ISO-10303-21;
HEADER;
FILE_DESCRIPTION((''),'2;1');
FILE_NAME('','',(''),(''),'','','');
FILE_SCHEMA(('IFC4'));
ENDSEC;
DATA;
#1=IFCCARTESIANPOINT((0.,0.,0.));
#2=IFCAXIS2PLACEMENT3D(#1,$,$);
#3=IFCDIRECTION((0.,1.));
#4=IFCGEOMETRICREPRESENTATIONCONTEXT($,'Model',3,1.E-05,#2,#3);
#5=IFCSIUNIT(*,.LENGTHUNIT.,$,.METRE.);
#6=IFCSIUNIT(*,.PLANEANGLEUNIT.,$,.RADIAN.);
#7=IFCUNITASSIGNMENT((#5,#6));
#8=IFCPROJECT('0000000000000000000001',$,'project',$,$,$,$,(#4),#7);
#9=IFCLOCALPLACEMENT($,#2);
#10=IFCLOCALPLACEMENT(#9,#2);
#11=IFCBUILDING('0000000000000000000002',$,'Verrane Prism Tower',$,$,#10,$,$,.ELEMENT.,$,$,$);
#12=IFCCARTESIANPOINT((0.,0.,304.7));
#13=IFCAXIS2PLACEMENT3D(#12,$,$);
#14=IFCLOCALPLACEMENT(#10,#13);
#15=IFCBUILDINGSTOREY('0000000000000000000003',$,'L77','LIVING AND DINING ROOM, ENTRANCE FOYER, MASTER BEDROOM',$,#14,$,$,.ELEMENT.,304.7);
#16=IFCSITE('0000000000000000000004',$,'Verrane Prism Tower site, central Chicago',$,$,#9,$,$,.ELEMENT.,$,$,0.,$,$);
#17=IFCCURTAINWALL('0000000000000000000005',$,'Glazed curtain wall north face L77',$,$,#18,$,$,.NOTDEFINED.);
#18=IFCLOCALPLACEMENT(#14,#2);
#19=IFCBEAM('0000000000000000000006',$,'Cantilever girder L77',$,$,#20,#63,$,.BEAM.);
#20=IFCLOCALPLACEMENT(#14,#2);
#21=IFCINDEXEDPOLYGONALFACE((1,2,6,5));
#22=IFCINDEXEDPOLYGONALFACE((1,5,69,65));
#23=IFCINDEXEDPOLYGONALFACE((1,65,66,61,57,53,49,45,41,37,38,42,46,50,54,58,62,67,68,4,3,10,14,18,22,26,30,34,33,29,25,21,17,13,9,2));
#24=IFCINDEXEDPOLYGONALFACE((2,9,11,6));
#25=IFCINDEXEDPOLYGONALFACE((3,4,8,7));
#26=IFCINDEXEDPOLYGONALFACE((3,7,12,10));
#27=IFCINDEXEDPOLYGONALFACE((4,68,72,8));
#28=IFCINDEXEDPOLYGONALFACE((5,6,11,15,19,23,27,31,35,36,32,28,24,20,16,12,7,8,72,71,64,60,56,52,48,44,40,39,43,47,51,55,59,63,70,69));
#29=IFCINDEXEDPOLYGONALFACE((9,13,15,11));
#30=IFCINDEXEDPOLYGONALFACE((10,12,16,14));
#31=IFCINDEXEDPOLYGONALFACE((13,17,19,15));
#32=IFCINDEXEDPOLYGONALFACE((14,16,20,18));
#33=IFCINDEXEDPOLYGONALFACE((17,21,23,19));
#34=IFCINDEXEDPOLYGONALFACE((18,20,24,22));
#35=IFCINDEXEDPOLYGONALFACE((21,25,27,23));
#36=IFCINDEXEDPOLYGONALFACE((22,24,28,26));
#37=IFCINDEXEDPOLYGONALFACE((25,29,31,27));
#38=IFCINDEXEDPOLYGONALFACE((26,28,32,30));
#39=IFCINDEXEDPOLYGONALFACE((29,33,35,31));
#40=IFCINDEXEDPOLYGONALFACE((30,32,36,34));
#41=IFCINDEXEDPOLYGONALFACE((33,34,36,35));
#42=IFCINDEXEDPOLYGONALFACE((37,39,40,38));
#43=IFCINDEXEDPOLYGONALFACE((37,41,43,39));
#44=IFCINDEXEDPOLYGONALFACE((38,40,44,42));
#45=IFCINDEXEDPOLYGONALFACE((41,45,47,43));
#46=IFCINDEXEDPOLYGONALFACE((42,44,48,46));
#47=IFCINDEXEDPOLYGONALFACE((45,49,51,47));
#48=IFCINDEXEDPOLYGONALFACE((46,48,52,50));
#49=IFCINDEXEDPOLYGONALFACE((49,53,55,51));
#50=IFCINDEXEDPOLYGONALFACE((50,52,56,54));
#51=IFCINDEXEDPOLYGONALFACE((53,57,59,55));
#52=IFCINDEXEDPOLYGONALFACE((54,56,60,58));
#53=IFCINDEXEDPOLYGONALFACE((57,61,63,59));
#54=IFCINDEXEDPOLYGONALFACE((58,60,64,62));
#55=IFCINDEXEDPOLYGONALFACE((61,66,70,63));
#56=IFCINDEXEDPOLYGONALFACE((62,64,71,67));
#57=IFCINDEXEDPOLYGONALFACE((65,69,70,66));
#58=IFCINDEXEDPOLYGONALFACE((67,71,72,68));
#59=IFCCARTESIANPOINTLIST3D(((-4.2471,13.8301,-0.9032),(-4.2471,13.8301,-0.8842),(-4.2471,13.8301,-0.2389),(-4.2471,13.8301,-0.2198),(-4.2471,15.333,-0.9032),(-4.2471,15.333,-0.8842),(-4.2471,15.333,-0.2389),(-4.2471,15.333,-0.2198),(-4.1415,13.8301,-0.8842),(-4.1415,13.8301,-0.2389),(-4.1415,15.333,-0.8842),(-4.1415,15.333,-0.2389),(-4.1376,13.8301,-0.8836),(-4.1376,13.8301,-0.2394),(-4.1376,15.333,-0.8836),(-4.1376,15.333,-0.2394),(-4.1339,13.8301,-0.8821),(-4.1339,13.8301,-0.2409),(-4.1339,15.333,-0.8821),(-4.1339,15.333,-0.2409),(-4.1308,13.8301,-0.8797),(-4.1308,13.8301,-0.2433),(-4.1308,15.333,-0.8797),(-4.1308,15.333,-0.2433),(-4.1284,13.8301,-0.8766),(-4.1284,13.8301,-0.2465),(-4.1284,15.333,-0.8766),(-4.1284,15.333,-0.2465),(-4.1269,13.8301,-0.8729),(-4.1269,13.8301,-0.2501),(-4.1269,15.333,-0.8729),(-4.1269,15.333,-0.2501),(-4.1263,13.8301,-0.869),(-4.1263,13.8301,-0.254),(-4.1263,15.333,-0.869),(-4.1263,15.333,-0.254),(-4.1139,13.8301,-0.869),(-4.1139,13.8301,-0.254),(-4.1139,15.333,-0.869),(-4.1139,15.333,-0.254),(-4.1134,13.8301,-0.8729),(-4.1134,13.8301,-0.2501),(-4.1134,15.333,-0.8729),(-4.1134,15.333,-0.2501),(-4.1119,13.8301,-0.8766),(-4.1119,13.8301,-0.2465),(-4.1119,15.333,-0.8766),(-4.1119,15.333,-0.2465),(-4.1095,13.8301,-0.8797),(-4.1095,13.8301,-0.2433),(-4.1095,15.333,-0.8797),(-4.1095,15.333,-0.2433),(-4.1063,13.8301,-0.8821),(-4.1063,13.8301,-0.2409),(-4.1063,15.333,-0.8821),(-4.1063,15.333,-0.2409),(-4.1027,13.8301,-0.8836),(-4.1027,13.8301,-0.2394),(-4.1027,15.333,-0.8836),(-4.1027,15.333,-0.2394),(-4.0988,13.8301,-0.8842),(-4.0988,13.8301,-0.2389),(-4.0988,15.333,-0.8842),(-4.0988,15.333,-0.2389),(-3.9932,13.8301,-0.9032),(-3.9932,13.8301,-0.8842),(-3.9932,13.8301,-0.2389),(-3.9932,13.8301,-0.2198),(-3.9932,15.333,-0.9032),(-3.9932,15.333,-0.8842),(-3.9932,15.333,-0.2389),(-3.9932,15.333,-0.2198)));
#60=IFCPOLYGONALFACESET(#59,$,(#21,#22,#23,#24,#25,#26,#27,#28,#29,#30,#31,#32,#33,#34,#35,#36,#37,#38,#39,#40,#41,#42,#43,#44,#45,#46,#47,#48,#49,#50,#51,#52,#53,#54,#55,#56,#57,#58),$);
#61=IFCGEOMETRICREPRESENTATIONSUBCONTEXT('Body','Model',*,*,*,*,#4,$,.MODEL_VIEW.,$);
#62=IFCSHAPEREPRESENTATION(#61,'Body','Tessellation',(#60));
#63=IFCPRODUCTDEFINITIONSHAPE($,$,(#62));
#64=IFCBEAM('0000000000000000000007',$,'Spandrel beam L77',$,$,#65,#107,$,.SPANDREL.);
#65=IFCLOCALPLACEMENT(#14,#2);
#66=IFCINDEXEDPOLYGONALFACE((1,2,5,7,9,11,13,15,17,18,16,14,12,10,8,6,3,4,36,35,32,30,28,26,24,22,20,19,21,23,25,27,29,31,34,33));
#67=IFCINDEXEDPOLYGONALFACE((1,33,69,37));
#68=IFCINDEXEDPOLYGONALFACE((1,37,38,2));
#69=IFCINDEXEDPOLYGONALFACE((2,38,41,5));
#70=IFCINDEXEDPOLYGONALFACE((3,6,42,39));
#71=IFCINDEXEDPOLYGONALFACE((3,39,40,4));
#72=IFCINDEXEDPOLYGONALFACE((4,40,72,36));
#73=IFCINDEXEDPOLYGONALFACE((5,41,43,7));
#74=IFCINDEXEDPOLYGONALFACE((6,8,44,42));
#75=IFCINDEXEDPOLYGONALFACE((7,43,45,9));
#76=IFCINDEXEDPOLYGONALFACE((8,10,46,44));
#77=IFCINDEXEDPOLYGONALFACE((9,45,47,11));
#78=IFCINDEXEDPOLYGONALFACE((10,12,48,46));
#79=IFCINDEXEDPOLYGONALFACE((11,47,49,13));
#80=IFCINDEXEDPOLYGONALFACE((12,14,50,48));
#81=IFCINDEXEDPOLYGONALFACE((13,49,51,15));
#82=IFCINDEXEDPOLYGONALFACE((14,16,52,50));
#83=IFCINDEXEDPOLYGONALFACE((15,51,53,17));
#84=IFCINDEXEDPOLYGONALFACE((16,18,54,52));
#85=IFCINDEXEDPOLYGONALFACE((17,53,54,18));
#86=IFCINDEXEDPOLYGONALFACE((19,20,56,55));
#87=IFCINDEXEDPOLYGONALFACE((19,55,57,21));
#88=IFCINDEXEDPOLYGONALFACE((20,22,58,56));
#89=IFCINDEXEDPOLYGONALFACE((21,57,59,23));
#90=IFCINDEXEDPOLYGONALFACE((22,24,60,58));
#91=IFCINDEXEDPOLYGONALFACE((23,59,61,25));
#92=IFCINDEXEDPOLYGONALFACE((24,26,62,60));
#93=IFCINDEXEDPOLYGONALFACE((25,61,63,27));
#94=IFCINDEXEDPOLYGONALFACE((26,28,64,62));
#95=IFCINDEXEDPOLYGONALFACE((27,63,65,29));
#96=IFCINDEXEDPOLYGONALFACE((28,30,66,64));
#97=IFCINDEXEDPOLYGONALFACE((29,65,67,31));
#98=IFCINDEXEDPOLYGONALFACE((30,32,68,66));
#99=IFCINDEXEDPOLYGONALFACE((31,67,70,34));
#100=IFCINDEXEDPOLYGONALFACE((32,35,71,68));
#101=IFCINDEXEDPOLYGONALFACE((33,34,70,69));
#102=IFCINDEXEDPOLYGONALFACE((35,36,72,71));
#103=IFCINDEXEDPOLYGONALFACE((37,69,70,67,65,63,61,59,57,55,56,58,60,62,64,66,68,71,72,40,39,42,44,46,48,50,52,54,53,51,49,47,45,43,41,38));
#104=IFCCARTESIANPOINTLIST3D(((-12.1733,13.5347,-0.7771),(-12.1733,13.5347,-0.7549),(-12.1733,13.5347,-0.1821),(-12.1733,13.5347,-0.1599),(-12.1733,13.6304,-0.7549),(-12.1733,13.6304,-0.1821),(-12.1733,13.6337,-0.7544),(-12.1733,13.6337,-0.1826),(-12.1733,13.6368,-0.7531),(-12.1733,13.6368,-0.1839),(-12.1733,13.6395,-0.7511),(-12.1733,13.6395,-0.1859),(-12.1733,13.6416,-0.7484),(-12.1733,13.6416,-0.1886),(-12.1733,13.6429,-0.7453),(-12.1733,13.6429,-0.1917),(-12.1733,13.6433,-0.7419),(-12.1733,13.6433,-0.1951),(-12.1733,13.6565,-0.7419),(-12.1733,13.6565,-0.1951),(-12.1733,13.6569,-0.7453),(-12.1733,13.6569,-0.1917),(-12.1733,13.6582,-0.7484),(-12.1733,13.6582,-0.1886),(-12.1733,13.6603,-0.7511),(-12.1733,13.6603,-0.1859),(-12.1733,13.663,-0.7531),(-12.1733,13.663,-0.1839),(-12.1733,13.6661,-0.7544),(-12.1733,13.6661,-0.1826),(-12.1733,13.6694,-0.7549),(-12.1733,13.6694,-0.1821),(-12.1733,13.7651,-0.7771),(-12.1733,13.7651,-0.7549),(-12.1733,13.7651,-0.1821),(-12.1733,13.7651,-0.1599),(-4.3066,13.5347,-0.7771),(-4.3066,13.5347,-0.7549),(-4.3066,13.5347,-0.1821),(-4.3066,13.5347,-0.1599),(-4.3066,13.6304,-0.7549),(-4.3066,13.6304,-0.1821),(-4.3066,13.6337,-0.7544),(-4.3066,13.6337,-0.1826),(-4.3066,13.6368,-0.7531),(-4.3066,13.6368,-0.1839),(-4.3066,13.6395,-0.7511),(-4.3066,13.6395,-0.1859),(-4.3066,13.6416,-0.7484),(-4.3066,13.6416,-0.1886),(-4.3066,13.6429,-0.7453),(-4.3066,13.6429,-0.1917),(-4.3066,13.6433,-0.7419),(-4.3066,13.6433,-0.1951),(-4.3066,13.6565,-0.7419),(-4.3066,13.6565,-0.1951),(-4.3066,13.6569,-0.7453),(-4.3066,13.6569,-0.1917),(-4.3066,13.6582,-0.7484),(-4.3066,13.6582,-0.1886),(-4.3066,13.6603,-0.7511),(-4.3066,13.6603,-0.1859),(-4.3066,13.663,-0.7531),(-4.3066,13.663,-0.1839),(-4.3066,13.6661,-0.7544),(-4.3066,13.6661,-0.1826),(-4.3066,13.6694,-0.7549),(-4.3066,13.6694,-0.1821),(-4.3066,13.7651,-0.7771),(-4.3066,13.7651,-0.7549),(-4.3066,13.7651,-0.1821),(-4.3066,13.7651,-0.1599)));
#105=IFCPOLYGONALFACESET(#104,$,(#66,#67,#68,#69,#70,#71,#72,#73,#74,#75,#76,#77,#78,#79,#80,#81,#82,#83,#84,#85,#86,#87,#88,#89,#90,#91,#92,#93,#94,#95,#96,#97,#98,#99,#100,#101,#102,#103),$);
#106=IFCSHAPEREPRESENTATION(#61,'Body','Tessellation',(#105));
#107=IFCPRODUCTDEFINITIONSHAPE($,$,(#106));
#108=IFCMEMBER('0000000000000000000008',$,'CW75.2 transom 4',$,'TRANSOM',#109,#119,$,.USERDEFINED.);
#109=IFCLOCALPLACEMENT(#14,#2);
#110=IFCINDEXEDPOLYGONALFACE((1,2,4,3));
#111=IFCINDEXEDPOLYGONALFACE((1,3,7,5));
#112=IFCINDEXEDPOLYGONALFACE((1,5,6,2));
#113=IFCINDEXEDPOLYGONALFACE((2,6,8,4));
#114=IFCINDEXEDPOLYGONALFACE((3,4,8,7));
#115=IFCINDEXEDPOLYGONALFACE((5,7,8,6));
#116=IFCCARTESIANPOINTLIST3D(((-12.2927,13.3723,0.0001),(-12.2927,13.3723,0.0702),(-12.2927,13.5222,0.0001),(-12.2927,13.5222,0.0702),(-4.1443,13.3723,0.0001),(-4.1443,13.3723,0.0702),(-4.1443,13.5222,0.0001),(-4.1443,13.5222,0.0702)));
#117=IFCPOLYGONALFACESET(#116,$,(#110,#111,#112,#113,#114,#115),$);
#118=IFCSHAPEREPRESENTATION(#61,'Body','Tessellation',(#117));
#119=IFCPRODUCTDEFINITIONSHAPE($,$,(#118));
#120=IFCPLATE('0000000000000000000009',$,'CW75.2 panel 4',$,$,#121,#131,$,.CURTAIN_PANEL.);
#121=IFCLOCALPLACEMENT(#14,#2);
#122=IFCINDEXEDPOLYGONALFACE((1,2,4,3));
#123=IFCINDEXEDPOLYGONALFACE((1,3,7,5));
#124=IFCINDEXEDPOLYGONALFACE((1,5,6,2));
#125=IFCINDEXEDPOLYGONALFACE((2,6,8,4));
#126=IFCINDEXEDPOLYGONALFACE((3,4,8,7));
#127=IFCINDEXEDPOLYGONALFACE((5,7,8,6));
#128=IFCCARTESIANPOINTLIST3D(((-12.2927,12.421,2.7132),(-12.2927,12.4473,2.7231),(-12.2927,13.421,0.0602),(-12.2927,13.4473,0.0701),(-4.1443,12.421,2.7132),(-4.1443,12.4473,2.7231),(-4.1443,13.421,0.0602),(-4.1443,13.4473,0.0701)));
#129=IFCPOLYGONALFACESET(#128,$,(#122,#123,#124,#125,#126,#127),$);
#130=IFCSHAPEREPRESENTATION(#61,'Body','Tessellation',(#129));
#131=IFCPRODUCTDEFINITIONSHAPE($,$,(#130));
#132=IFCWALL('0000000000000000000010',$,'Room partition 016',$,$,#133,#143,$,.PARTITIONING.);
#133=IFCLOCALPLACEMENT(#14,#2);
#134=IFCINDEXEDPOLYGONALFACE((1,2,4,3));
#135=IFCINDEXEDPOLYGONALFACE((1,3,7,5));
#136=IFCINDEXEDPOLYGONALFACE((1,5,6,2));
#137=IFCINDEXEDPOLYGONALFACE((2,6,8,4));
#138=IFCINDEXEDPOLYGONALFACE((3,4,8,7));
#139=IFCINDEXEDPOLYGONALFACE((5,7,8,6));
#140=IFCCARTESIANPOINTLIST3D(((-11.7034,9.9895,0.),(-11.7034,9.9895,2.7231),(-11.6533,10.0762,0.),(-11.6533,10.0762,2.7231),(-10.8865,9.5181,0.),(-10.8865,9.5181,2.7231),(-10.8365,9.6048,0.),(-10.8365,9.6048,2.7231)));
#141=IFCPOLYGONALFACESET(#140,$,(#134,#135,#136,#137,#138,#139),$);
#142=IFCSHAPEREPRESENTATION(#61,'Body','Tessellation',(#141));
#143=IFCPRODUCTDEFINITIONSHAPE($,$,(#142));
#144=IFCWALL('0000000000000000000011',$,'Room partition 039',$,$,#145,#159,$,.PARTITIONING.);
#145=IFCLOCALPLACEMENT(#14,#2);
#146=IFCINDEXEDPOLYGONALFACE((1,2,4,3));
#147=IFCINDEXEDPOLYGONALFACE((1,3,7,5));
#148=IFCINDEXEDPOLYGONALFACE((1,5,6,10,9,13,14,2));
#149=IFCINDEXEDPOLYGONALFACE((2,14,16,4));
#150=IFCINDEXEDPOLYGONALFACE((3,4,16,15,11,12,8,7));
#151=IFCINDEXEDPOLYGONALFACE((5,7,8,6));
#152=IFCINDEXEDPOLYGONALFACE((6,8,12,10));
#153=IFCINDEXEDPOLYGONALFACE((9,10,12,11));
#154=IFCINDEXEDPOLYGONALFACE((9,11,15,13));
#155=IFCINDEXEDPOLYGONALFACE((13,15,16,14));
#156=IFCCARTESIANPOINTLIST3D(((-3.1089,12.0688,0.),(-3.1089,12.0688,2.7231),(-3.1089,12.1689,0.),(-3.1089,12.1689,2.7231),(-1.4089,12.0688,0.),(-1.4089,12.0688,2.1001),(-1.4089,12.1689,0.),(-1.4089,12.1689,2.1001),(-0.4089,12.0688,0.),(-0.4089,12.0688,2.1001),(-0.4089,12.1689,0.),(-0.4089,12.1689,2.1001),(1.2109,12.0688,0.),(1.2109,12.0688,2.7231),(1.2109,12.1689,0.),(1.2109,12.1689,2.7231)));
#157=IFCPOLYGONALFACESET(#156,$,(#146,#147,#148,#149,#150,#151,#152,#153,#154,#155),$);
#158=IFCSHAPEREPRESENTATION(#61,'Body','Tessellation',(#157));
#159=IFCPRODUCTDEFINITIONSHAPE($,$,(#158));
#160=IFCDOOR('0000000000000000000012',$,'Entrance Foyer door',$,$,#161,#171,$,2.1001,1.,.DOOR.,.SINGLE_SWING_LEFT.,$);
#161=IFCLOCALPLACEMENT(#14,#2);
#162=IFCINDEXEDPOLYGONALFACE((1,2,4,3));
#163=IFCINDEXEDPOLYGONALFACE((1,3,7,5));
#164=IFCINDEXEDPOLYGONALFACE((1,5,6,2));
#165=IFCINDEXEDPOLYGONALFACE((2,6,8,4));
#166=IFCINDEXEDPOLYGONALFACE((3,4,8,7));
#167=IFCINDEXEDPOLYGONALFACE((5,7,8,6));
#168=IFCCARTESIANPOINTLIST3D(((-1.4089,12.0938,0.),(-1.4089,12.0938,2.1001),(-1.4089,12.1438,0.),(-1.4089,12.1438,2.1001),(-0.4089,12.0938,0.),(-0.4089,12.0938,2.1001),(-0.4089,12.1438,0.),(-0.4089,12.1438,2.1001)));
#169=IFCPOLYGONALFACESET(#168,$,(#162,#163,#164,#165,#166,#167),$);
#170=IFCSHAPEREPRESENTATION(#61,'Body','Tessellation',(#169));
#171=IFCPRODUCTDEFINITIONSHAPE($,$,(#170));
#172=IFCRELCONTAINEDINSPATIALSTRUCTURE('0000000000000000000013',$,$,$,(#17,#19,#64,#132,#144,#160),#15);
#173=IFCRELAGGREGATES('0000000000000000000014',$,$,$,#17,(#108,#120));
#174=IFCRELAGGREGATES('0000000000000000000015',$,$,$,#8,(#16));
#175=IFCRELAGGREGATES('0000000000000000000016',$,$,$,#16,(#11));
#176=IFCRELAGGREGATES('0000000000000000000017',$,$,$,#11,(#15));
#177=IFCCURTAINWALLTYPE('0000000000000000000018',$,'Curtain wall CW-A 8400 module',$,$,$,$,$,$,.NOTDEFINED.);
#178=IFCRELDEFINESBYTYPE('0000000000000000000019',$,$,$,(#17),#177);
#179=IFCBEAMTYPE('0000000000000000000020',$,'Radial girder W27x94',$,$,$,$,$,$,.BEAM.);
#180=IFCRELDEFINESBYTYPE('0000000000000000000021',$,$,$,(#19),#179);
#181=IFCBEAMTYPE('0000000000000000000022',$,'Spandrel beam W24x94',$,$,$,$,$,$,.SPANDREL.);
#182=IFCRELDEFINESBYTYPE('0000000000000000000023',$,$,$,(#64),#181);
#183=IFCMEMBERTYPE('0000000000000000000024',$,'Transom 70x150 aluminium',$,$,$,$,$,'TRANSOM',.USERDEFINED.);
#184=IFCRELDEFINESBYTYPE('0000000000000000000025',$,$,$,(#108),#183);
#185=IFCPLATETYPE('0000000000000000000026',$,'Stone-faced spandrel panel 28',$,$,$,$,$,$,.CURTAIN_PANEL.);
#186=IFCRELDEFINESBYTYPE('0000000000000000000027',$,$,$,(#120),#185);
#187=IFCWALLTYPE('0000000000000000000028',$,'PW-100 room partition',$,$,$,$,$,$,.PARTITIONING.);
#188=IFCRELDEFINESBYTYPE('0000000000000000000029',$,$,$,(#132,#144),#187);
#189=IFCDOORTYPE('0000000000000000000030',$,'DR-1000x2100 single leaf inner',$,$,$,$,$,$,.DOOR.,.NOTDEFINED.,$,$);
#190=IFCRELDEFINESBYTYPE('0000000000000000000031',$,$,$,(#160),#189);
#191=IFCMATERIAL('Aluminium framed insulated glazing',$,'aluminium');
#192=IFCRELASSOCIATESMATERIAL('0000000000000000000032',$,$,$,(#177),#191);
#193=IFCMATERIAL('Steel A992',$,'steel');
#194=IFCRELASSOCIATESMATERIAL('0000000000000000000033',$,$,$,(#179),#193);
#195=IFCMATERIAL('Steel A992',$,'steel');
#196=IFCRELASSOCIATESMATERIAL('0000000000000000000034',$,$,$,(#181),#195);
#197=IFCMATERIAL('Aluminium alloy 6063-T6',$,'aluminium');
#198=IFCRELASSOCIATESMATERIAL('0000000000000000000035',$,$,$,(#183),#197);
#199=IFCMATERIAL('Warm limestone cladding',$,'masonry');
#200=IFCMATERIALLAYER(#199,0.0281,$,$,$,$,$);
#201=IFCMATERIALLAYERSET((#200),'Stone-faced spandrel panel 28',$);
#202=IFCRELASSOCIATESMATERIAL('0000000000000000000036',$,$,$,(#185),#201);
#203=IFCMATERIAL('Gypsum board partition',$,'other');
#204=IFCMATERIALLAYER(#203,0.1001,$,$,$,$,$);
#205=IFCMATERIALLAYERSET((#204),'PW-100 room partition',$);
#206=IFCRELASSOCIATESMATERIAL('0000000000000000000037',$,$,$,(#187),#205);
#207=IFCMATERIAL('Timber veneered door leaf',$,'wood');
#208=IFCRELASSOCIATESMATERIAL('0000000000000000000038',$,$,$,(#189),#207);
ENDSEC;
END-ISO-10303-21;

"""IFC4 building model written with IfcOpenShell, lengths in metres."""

from ifc_helpers import new_model, si_unit, direction, frame, frame_2d, origin, origin_2d, place, context, subcontext, project, spatial, polyline, rectangle, i_section, outline, extrude, material, layer, layer_set, material_profile, profile_set, type_object, element, fill, aggregate, save


model = new_model("IFC4")

# Units and contexts
model_context = context("Model", 3, precision=1e-05, world=origin(), true_north=direction((0.0, 1.0)))
body_context = subcontext(model_context, "Body", "Model", "MODEL_VIEW")
ifc_project = project(units=[si_unit("LENGTHUNIT", "METRE"), si_unit("PLANEANGLEUNIT", "RADIAN")], contexts=[model_context])

# Site, building, storey
site_placement = place(None, origin())
site = spatial("IfcSite", under=ifc_project, at=site_placement, Name="Verrane Prism Tower site, central Chicago", CompositionType="ELEMENT", RefElevation=0.0)
building_placement = place(site_placement, origin())
building = spatial("IfcBuilding", under=site, at=building_placement, Name="Verrane Prism Tower", CompositionType="ELEMENT")
storey_placement = place(building_placement, frame((0.0, 0.0, 304.7)))
storey = spatial("IfcBuildingStorey", under=building, at=storey_placement, Name="L77", Description="LIVING AND DINING ROOM, ENTRANCE FOYER, MASTER BEDROOM", CompositionType="ELEMENT", Elevation=304.7)

# Curtain wall
ifc_material_1 = material(Name="Aluminium framed insulated glazing", Category="aluminium")
curtain_wall_type = type_object("IfcCurtainWallType", Name="Curtain wall CW-A 8400 module", PredefinedType="NOTDEFINED", material=ifc_material_1)
curtain_wall_placement = place(storey_placement, origin())
curtain_wall = element("IfcCurtainWall", 1, at=curtain_wall_placement, inside=storey, type_object=curtain_wall_type, Name="Glazed curtain wall north face L77", PredefinedType="NOTDEFINED")

# Beams
ifc_material_2 = material(Name="Steel A992", Category="steel")
ifc_material_profile_1 = material_profile(ifc_material_2, i_section(OverallWidth=0.2539, OverallDepth=0.6833, WebThickness=0.0125, FlangeThickness=0.019, FilletRadius=0.0151, at=origin_2d()), Name="W27x94")
ifc_profile_set_1 = profile_set([ifc_material_profile_1], Name="Steel A992")
beam_type_1 = type_object("IfcBeamType", Name="Radial girder W27x94", PredefinedType="BEAM", material=ifc_profile_set_1)
beam_1_placement = place(storey_placement, frame((-4.1201, 13.8301, -0.5615), z_axis=(0.0, 1.0, 0.0), x_axis=(-1.0, 0.0, 0.0)))
element("IfcBeam", 2, at=beam_1_placement, inside=storey, type_object=beam_type_1, Name="Cantilever girder L77", PredefinedType="BEAM", context=body_context, shape_type="SweptSolid", body=[
    extrude(i_section(OverallWidth=0.2539, OverallDepth=0.6833, WebThickness=0.0125, FlangeThickness=0.019, FilletRadius=0.0151, at=origin_2d()), origin(), (0.0, 0.0, 1.0), 1.5029),
])
ifc_material_3 = material(Name="Steel A992", Category="steel")
ifc_material_profile_2 = material_profile(ifc_material_3, i_section(OverallWidth=0.2305, OverallDepth=0.6172, WebThickness=0.0132, FlangeThickness=0.0222, FilletRadius=0.0129, at=origin_2d()), Name="W24x94")
ifc_profile_set_2 = profile_set([ifc_material_profile_2], Name="Steel A992")
beam_type_2 = type_object("IfcBeamType", Name="Spandrel beam W24x94", PredefinedType="SPANDREL", material=ifc_profile_set_2)
beam_2_placement = place(storey_placement, frame((-4.3066, 13.6499, -0.4685), z_axis=(-1.0, 0.0, 0.0), x_axis=(0.0, -1.0, 0.0)))
element("IfcBeam", 3, at=beam_2_placement, inside=storey, type_object=beam_type_2, Name="Spandrel beam L77", PredefinedType="SPANDREL", context=body_context, shape_type="SweptSolid", body=[
    extrude(i_section(OverallWidth=0.2305, OverallDepth=0.6172, WebThickness=0.0132, FlangeThickness=0.0222, FilletRadius=0.0129, at=origin_2d()), origin(), (0.0, 0.0, 1.0), 7.8667),
])

# Member
ifc_material_4 = material(Name="Aluminium alloy 6063-T6", Category="aluminium")
ifc_material_profile_3 = material_profile(ifc_material_4, rectangle(XDim=0.1499, YDim=0.0701, at=origin_2d()), Name="Transom 70x150 aluminium")
ifc_profile_set_3 = profile_set([ifc_material_profile_3], Name="Aluminium alloy 6063-T6")
member_type_1 = type_object("IfcMemberType", Name="Transom 70x150 aluminium", ElementType="TRANSOM", PredefinedType="USERDEFINED", material=ifc_profile_set_3)
member_1_placement = place(storey_placement, frame((-4.1443, 13.4473, 0.0352), z_axis=(-1.0, 0.0, 0.0), x_axis=(0.0, -1.0, 0.0)))
member_1 = element("IfcMember", 4, at=member_1_placement, type_object=member_type_1, Name="CW75.2 transom 4", ObjectType="TRANSOM", PredefinedType="USERDEFINED", context=body_context, shape_type="SweptSolid", body=[
    extrude(rectangle(XDim=0.1499, YDim=0.0701, at=origin_2d()), origin(), (0.0, 0.0, 1.0), 8.1484),
])

# Plate
ifc_material_5 = material(Name="Warm limestone cladding", Category="masonry")
ifc_layer_1 = layer(ifc_material_5, 0.0281)
ifc_layer_set_1 = layer_set([ifc_layer_1], Name="Stone-faced spandrel panel 28")
plate_type = type_object("IfcPlateType", Name="Stone-faced spandrel panel 28", PredefinedType="CURTAIN_PANEL", material=ifc_layer_set_1)
plate_placement = place(storey_placement, frame((-4.1443, 13.4473, 0.0701), z_axis=(0.0, 0.935737, 0.352699), x_axis=(-1.0, 0.0, 0.0)))
plate = element("IfcPlate", 5, at=plate_placement, type_object=plate_type, Name="CW75.2 panel 4", PredefinedType="CURTAIN_PANEL", context=body_context, shape_type="SweptSolid", body=[
    extrude(outline(polyline([(0.0, 0.0), (8.1484, 0.0), (8.1484, 2.8353), (0.0, 2.8353), (0.0, 0.0)])), origin(), (0.0, 0.0, -1.0), 0.0281),
])
aggregate(curtain_wall, [member_1, plate])

# Wall
ifc_material_6 = material(Name="Gypsum board partition", Category="other")
ifc_layer_2 = layer(ifc_material_6, 0.1001)
ifc_layer_set_2 = layer_set([ifc_layer_2], Name="PW-100 room partition")
wall_type_1 = type_object("IfcWallType", Name="PW-100 room partition", PredefinedType="PARTITIONING", material=ifc_layer_set_2)
wall_1_placement = place(storey_placement, frame((-11.6785, 10.033, 0.0), z_axis=(0.0, 0.0, 1.0), x_axis=(0.866117, -0.499842, 0.0)))
element("IfcWall", 6, at=wall_1_placement, inside=storey, type_object=wall_type_1, Name="Room partition 016", PredefinedType="PARTITIONING", context=body_context, shape_type="SweptSolid", body=[
    extrude(rectangle(XDim=0.9431, YDim=0.1001, at=frame_2d((0.4717, 0.0))), origin(), (0.0, 0.0, 1.0), 2.7231),
])

# Wall, opening, door
wall_2_placement = place(storey_placement, frame((-3.1089, 12.1189, 0.0), z_axis=(0.0, 0.0, 1.0), x_axis=(1.0, 0.0, 0.0)))
wall_2 = element("IfcWall", 7, at=wall_2_placement, inside=storey, type_object=wall_type_1, Name="Room partition 039", PredefinedType="PARTITIONING", context=body_context, shape_type="SweptSolid", body=[
    extrude(rectangle(XDim=4.3198, YDim=0.1001, at=frame_2d((2.1599, 0.0))), origin(), (0.0, 0.0, 1.0), 2.7231),
])
opening_1_placement = place(wall_2_placement, frame((1.7, 0.0, 0.0)))
opening_1 = element("IfcOpeningElement", 8, at=opening_1_placement, cuts=wall_2, PredefinedType="OPENING", context=body_context, shape_type="SweptSolid", body=[
    extrude(rectangle(XDim=1.0, YDim=2.1001, at=frame_2d((0.5, 1.05))), frame((0.0, 0.0601, 0.0), z_axis=(0.0, -1.0, 0.0), x_axis=(1.0, 0.0, 0.0)), (0.0, 0.0, 1.0), 0.1201),
])
ifc_material_7 = material(Name="Timber veneered door leaf", Category="wood")
door_type_1 = type_object("IfcDoorType", Name="DR-1000x2100 single leaf inner", OperationType="NOTDEFINED", PredefinedType="DOOR", material=ifc_material_7)
door_1_placement = place(opening_1_placement, origin())
door_1 = element("IfcDoor", 9, at=door_1_placement, inside=storey, type_object=door_type_1, Name="Entrance Foyer door", OperationType="SINGLE_SWING_LEFT", OverallHeight=2.1001, OverallWidth=1.0, PredefinedType="DOOR", context=body_context, shape_type="SweptSolid", body=[
    extrude(rectangle(XDim=1.0, YDim=2.1001, at=frame_2d((0.5, 1.05))), frame((0.0, 0.0249, 0.0), z_axis=(0.0, -1.0, 0.0), x_axis=(1.0, 0.0, 0.0)), (0.0, 0.0, 1.0), 0.05),
])
fill(opening_1, door_1)

save(model, "model.ifc")
